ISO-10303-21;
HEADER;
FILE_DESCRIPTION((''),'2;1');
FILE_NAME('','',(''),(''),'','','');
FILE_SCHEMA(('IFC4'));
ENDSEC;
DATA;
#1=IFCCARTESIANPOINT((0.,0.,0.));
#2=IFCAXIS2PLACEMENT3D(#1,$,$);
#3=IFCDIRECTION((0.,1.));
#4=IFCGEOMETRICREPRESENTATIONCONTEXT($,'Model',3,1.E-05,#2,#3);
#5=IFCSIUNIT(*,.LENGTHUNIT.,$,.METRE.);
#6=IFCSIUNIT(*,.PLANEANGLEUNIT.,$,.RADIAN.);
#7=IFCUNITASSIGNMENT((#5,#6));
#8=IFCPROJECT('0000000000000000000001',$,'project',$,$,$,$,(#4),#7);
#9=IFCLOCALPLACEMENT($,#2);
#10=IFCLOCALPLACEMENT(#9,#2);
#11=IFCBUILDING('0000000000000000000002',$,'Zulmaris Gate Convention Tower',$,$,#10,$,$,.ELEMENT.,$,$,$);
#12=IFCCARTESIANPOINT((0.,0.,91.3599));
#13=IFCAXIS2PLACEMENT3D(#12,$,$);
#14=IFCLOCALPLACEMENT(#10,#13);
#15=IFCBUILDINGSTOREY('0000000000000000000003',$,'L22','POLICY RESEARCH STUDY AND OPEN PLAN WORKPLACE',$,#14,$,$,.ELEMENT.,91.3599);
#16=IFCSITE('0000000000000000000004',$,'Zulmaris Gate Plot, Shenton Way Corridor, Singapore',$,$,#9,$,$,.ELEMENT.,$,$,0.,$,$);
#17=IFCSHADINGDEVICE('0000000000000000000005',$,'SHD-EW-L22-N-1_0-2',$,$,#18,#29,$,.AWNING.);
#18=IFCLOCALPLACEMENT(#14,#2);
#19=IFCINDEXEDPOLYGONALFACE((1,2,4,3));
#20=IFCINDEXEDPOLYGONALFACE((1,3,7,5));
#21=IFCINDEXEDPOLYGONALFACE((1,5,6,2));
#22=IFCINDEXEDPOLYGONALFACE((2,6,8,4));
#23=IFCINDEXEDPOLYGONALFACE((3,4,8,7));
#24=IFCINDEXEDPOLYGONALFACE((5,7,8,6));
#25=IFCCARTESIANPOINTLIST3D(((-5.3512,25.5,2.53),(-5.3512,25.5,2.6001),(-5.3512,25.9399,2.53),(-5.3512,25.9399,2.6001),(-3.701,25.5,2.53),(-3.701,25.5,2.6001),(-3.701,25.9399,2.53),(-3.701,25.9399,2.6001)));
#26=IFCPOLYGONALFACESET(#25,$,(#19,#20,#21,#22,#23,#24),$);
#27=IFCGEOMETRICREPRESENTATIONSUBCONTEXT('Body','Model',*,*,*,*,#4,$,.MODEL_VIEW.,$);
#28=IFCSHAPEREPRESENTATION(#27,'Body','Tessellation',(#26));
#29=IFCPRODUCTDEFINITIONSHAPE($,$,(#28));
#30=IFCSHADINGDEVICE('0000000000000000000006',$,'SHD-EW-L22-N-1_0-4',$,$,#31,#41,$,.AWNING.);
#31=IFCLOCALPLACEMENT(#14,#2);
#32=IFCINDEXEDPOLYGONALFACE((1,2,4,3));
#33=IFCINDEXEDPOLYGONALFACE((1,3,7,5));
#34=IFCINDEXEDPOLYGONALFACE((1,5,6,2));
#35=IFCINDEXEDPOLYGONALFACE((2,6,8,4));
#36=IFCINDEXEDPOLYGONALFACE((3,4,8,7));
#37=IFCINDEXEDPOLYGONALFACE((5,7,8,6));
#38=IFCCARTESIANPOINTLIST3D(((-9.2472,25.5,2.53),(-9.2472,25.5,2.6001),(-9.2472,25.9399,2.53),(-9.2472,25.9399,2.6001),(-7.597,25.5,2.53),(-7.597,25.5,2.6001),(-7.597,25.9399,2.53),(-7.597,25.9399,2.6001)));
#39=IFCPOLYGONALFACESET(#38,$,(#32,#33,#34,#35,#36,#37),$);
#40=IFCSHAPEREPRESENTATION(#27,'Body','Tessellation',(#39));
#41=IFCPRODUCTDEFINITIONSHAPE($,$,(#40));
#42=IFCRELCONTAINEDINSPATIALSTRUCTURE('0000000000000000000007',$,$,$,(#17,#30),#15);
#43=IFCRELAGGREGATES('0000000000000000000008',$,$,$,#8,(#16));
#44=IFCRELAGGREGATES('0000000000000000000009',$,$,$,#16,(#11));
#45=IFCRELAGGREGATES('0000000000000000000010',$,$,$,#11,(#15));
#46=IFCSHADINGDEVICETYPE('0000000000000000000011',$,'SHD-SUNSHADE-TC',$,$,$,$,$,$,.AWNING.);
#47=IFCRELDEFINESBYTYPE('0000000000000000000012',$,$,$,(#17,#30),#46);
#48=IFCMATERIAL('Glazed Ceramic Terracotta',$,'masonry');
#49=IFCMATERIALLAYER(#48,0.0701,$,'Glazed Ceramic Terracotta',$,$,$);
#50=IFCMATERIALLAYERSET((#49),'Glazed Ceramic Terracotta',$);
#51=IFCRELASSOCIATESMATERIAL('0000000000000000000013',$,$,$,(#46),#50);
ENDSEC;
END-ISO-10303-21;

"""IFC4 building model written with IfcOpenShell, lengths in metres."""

from ifc_helpers import new_model, si_unit, direction, frame, frame_2d, origin, place, context, subcontext, project, spatial, rectangle, extrude, material, layer, layer_set, type_object, element, save


model = new_model("IFC4")

# Units and contexts
model_context = context("Model", 3, precision=1e-05, world=origin(), true_north=direction((0.0, 1.0)))
body_context = subcontext(model_context, "Body", "Model", "MODEL_VIEW")
ifc_project = project(units=[si_unit("LENGTHUNIT", "METRE"), si_unit("PLANEANGLEUNIT", "RADIAN")], contexts=[model_context])

# Site, building, storey
site_placement = place(None, origin())
site = spatial("IfcSite", under=ifc_project, at=site_placement, Name="Zulmaris Gate Plot, Shenton Way Corridor, Singapore", CompositionType="ELEMENT", RefElevation=0.0)
building_placement = place(site_placement, origin())
building = spatial("IfcBuilding", under=site, at=building_placement, Name="Zulmaris Gate Convention Tower", CompositionType="ELEMENT")
storey_placement = place(building_placement, frame((0.0, 0.0, 91.3599)))
storey = spatial("IfcBuildingStorey", under=building, at=storey_placement, Name="L22", Description="POLICY RESEARCH STUDY AND OPEN PLAN WORKPLACE", CompositionType="ELEMENT", Elevation=91.3599)

# Shading devices
ifc_material_1 = material(Name="Glazed Ceramic Terracotta", Category="masonry")
ifc_layer_1 = layer(ifc_material_1, 0.0701, Name="Glazed Ceramic Terracotta")
ifc_layer_set_1 = layer_set([ifc_layer_1], Name="Glazed Ceramic Terracotta")
shading_device_type = type_object("IfcShadingDeviceType", Name="SHD-SUNSHADE-TC", PredefinedType="AWNING", material=ifc_layer_set_1)
for number, where, z_axis, x_axis, name in (
    (1, (-3.7009, 25.72, 2.53), (0.0, 0.0, 1.0), (-1.0, 0.0, 0.0), "SHD-EW-L22-N-1_0-2"),
    (2, (-7.5969, 25.72, 2.53), (0.0, 0.0, 1.0), (-1.0, 0.0, 0.0), "SHD-EW-L22-N-1_0-4"),
):
    element("IfcShadingDevice", number, at=place(storey_placement, frame(where, z_axis=z_axis, x_axis=x_axis)), inside=storey, type_object=shading_device_type, Name=name, PredefinedType="AWNING", context=body_context, shape_type="SweptSolid", body=[
        extrude(rectangle(XDim=1.6501, YDim=0.4399, at=frame_2d((0.8252, 0.0))), origin(), (0.0, 0.0, 1.0), 0.0701),
    ])

save(model, "model.ifc")
